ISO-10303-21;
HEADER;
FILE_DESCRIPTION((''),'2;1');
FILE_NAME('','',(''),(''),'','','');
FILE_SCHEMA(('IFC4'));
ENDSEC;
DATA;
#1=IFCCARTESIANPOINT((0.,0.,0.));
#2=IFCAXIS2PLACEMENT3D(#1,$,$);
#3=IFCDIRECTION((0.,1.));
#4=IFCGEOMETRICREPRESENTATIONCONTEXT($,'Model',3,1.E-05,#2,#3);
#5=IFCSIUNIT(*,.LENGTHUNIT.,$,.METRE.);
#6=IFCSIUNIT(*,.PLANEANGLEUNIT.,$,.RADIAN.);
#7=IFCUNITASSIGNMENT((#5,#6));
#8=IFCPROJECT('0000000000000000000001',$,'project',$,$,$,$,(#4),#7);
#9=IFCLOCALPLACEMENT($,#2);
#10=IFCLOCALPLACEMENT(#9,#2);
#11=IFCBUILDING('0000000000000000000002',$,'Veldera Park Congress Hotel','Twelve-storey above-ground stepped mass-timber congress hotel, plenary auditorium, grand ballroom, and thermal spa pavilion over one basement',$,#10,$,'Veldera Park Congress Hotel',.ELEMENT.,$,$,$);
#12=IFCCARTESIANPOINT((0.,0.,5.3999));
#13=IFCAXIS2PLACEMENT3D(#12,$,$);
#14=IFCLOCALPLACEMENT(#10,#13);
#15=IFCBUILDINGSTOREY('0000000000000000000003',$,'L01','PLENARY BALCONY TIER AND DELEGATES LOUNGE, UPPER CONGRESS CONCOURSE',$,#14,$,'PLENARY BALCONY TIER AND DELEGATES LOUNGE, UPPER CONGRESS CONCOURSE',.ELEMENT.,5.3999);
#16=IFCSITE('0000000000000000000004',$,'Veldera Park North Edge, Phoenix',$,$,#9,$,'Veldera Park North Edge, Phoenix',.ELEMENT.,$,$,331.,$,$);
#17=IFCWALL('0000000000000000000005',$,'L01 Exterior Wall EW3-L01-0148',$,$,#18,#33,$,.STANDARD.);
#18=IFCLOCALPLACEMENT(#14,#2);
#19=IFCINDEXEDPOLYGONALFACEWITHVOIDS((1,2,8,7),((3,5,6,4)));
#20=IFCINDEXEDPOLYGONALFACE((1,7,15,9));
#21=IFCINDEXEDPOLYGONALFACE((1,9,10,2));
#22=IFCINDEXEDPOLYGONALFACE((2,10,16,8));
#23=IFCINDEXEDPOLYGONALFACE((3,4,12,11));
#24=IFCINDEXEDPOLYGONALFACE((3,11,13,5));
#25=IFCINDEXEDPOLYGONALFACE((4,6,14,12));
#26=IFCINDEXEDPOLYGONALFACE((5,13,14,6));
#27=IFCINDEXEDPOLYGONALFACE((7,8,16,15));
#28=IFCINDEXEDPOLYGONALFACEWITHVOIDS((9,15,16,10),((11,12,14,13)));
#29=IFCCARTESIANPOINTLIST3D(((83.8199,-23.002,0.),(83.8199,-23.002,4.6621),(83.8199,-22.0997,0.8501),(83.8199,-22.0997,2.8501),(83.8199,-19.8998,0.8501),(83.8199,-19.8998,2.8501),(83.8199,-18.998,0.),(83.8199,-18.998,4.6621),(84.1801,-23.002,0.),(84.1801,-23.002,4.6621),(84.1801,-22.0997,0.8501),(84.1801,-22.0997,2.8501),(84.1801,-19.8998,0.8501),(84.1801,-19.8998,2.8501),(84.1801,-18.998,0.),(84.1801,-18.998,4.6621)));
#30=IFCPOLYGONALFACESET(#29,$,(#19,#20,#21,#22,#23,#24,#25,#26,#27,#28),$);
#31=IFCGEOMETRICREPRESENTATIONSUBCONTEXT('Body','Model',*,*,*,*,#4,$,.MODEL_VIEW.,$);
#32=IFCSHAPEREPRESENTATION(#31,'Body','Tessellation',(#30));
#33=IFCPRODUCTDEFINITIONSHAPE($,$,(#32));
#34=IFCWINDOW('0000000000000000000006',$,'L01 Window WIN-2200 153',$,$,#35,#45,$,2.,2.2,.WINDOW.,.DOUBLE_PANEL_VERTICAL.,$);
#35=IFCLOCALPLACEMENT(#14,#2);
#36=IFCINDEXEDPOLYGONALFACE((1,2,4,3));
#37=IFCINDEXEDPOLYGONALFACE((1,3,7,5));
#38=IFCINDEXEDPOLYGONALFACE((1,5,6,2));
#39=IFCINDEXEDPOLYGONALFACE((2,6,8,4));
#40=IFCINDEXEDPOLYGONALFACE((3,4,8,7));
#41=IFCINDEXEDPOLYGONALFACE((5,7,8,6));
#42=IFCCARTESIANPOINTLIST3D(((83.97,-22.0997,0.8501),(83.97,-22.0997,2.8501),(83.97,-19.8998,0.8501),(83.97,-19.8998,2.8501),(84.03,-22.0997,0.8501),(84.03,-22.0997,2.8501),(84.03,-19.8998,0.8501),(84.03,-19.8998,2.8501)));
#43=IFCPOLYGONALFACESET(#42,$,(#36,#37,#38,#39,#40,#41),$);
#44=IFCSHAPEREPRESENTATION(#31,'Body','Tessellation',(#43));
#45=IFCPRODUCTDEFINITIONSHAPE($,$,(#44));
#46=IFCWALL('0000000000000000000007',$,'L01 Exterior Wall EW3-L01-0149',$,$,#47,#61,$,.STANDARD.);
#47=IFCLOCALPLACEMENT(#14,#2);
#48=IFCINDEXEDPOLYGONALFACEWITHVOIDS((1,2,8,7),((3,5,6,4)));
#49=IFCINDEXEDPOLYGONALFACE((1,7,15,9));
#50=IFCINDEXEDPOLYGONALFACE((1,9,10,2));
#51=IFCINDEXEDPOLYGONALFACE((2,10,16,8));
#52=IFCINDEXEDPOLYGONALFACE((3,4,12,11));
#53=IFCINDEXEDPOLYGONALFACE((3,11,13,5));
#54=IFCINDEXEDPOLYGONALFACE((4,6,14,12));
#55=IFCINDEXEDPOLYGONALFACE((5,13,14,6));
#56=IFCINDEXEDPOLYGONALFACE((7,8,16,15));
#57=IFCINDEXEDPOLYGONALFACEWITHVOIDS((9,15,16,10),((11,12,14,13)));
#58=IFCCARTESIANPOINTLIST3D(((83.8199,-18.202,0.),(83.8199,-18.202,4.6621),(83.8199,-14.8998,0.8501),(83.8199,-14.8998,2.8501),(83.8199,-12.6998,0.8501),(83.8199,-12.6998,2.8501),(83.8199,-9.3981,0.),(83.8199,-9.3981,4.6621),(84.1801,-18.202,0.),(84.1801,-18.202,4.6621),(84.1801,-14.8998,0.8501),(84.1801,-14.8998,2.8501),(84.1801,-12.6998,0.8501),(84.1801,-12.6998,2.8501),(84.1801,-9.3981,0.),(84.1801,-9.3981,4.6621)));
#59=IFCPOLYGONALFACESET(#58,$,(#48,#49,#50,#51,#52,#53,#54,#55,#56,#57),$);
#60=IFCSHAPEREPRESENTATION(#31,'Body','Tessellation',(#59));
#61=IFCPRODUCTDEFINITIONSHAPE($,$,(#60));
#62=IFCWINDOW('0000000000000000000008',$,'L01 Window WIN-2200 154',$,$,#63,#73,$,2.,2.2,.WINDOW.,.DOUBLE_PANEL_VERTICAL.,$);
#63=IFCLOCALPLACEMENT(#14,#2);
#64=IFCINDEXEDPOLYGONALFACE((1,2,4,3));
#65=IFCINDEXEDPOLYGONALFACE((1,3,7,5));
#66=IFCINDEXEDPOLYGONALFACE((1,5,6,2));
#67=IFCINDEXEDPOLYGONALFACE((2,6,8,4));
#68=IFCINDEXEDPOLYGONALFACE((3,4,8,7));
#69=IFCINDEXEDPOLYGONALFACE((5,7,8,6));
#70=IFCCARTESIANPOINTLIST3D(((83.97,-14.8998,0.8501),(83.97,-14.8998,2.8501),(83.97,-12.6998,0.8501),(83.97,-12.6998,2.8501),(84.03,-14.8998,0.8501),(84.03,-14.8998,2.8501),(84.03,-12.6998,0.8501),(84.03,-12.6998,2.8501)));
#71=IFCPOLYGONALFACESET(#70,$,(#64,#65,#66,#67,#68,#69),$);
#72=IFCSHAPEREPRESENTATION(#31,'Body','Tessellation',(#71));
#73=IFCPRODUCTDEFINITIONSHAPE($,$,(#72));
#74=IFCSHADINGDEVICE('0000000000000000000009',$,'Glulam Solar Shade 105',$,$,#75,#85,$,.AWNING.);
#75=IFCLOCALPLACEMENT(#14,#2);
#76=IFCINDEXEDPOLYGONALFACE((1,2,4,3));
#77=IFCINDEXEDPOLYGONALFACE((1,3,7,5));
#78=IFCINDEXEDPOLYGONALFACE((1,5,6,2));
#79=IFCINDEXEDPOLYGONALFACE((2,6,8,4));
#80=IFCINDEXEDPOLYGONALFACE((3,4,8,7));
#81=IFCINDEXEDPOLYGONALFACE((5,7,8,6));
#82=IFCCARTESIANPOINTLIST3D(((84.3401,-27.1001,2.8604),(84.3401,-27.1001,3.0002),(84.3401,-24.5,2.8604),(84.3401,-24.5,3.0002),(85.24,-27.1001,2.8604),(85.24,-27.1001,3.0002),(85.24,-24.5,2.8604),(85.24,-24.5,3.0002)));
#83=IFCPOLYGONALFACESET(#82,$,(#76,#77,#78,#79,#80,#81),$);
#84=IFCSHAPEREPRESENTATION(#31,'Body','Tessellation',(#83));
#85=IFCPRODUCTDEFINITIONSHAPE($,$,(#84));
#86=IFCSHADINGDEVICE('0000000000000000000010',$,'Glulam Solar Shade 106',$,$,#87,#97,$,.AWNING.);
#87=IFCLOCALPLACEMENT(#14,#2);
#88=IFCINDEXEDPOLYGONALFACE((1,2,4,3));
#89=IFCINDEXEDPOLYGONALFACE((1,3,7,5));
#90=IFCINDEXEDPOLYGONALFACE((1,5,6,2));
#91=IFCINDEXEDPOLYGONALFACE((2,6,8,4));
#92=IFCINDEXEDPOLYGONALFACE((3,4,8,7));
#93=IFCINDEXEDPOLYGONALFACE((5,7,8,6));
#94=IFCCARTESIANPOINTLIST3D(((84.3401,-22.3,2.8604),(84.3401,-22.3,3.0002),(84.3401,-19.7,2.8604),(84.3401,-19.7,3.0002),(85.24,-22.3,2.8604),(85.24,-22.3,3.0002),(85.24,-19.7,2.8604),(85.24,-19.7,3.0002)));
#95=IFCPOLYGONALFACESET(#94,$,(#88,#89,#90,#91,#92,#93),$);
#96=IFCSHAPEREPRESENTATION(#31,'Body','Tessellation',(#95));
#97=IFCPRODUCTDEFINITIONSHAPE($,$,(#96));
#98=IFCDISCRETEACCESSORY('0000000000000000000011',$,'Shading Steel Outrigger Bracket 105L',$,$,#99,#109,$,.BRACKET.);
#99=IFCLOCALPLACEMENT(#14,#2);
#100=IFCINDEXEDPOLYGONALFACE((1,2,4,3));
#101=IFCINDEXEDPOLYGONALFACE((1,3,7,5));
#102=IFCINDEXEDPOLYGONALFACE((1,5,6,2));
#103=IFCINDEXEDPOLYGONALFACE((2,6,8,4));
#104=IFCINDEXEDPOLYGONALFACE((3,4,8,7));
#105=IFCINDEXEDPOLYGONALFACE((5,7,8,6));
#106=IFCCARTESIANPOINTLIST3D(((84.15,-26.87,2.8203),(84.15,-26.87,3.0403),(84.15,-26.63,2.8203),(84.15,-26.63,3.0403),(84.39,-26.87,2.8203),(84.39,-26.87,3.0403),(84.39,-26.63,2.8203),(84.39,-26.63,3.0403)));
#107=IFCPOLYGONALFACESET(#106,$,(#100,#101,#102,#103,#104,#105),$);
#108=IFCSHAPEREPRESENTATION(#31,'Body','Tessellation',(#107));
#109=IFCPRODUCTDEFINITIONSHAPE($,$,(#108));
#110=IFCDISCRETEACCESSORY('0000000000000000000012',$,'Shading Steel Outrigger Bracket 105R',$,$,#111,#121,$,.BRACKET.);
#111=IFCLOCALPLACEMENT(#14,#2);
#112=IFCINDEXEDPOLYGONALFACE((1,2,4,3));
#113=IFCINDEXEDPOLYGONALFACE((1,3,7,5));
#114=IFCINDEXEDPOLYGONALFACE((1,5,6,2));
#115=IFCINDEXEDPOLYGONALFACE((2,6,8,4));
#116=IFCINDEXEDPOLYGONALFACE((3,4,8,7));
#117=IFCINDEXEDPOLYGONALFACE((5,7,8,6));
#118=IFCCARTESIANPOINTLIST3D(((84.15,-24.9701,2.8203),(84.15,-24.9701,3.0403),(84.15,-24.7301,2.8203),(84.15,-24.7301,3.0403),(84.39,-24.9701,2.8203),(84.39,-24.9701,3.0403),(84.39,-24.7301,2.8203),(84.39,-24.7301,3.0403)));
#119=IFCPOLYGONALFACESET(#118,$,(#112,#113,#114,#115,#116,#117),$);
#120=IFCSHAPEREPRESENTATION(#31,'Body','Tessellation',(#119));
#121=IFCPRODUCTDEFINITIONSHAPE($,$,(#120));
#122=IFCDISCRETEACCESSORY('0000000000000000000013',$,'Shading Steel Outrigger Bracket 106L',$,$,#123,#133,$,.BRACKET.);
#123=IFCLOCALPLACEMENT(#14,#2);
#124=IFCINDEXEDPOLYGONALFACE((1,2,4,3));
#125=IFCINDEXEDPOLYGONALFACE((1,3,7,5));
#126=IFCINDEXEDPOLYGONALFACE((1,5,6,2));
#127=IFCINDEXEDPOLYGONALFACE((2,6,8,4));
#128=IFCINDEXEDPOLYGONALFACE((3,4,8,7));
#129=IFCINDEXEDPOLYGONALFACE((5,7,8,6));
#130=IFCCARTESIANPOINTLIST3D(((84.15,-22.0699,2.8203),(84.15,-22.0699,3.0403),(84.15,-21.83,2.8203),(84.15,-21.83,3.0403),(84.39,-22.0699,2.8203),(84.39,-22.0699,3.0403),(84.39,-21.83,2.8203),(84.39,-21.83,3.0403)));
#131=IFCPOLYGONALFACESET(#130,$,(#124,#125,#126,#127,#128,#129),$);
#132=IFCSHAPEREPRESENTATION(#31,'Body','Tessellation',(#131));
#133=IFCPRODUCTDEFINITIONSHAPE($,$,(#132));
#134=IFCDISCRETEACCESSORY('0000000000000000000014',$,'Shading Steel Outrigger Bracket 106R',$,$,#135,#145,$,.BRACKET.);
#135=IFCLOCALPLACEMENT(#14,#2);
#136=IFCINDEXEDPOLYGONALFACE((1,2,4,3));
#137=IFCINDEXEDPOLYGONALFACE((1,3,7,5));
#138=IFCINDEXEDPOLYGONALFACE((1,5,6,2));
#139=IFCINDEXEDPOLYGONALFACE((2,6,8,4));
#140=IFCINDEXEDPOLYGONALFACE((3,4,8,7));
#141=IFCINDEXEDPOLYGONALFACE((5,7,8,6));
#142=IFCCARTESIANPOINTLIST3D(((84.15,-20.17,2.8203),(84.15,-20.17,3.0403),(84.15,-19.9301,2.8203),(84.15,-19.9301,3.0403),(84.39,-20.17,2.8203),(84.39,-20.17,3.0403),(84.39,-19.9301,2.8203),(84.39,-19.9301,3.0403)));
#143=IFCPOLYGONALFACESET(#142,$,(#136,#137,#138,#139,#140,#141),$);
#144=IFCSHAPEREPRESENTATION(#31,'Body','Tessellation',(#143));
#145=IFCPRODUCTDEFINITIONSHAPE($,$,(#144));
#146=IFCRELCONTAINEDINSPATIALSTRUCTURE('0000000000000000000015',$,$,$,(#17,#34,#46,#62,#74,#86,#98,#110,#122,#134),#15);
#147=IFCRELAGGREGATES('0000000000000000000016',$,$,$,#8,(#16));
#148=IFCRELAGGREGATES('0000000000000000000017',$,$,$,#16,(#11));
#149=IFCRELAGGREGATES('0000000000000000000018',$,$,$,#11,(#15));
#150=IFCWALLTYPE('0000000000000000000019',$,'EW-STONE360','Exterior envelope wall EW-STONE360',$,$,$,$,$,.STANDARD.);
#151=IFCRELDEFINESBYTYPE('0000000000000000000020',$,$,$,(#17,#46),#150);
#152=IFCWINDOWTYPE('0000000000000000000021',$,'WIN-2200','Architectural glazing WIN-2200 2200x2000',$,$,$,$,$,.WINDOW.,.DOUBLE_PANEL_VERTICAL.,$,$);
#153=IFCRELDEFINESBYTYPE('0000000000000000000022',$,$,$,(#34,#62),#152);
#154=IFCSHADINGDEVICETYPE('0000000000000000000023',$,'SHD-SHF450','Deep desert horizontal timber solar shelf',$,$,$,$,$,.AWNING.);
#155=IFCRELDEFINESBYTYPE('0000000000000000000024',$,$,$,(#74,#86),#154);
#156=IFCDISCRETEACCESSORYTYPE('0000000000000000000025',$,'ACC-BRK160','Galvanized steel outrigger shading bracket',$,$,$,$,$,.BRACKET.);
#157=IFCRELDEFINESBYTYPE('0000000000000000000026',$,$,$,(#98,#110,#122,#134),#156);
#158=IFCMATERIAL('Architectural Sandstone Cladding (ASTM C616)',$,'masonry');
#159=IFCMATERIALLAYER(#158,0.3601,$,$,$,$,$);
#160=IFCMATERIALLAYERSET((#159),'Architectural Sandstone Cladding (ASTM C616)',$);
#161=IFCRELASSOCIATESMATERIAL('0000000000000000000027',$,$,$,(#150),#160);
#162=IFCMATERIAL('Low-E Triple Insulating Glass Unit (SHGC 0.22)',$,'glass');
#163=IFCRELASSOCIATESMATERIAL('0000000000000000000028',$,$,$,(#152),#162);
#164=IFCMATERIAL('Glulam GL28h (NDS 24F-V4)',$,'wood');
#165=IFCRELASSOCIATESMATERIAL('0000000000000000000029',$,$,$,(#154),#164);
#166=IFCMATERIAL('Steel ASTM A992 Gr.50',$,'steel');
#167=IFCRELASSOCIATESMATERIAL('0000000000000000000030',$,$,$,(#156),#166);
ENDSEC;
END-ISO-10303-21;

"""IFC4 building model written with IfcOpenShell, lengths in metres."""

from ifc_helpers import new_model, si_unit, direction, frame, frame_2d, origin, origin_2d, place, context, subcontext, project, spatial, rectangle, extrude, material, layer, layer_set, type_object, element, fill, save


model = new_model("IFC4")

# Units and contexts
model_context = context("Model", 3, precision=1e-05, world=origin(), true_north=direction((0.0, 1.0)))
body_context = subcontext(model_context, "Body", "Model", "MODEL_VIEW")
ifc_project = project(units=[si_unit("LENGTHUNIT", "METRE"), si_unit("PLANEANGLEUNIT", "RADIAN")], contexts=[model_context])

# Site, building, storey
site_placement = place(None, origin())
site = spatial("IfcSite", under=ifc_project, at=site_placement, Name="Veldera Park North Edge, Phoenix", LongName="Veldera Park North Edge, Phoenix", CompositionType="ELEMENT", RefElevation=331.0)
building_placement = place(site_placement, origin())
building = spatial("IfcBuilding", under=site, at=building_placement, Name="Veldera Park Congress Hotel", Description="Twelve-storey above-ground stepped mass-timber congress hotel, plenary auditorium, grand ballroom, and thermal spa pavilion over one basement", LongName="Veldera Park Congress Hotel", CompositionType="ELEMENT")
storey_placement = place(building_placement, frame((0.0, 0.0, 5.3999)))
storey = spatial("IfcBuildingStorey", under=building, at=storey_placement, Name="L01", Description="PLENARY BALCONY TIER AND DELEGATES LOUNGE, UPPER CONGRESS CONCOURSE", LongName="PLENARY BALCONY TIER AND DELEGATES LOUNGE, UPPER CONGRESS CONCOURSE", CompositionType="ELEMENT", Elevation=5.3999)

# Shared definitions
ifc_material_1 = material(Name="Glulam GL28h (NDS 24F-V4)", Category="wood")
ifc_material_2 = material(Name="Steel ASTM A992 Gr.50", Category="steel")

# Walls, openings, windows
ifc_material_3 = material(Name="Architectural Sandstone Cladding (ASTM C616)", Category="masonry")
ifc_layer = layer(ifc_material_3, 0.3601)
ifc_layer_set = layer_set([ifc_layer], Name="Architectural Sandstone Cladding (ASTM C616)")
wall_type = type_object("IfcWallType", Name="EW-STONE360", Description="Exterior envelope wall EW-STONE360", PredefinedType="STANDARD", material=ifc_layer_set)
ifc_material_4 = material(Name="Low-E Triple Insulating Glass Unit (SHGC 0.22)", Category="glass")
window_type = type_object("IfcWindowType", Name="WIN-2200", Description="Architectural glazing WIN-2200 2200x2000", PartitioningType="DOUBLE_PANEL_VERTICAL", PredefinedType="WINDOW", material=ifc_material_4)
wall_1_placement = place(storey_placement, frame((84.0, -23.002, 0.0), z_axis=(0.0, 0.0, 1.0), x_axis=(0.0, 1.0, 0.0)))
wall_1 = element("IfcWall", 1, at=wall_1_placement, inside=storey, type_object=wall_type, Name="L01 Exterior Wall EW3-L01-0148", PredefinedType="STANDARD", context=body_context, shape_type="SweptSolid", body=[
    extrude(rectangle(XDim=4.0039, YDim=0.3601, at=frame_2d((2.002, 0.0))), origin(), (0.0, 0.0, 1.0), 4.6621),
])
opening_1_placement = place(wall_1_placement, frame((0.9021, 0.0, 0.8501)))
opening_1 = element("IfcOpeningElement", 2, at=opening_1_placement, cuts=wall_1, PredefinedType="OPENING", context=body_context, shape_type="SweptSolid", body=[
    extrude(rectangle(XDim=2.2, YDim=2.0, at=frame_2d((1.1001, 1.0))), frame((0.0, 0.1921, 0.0), z_axis=(0.0, -1.0, 0.0), x_axis=(1.0, 0.0, 0.0)), (0.0, 0.0, 1.0), 0.384),
])
window_1_placement = place(opening_1_placement, origin())
window_1 = element("IfcWindow", 3, at=window_1_placement, inside=storey, type_object=window_type, Name="L01 Window WIN-2200 153", OverallHeight=2.0, OverallWidth=2.2, PartitioningType="DOUBLE_PANEL_VERTICAL", PredefinedType="WINDOW", context=body_context, shape_type="SweptSolid", body=[
    extrude(rectangle(XDim=2.2, YDim=2.0, at=frame_2d((1.1001, 1.0))), frame((0.0, 0.03, 0.0), z_axis=(0.0, -1.0, 0.0), x_axis=(1.0, 0.0, 0.0)), (0.0, 0.0, 1.0), 0.0601),
])
fill(opening_1, window_1)
wall_2_placement = place(storey_placement, frame((84.0, -18.2019, 0.0), z_axis=(0.0, 0.0, 1.0), x_axis=(0.0, 1.0, 0.0)))
wall_2 = element("IfcWall", 4, at=wall_2_placement, inside=storey, type_object=wall_type, Name="L01 Exterior Wall EW3-L01-0149", PredefinedType="STANDARD", context=body_context, shape_type="SweptSolid", body=[
    extrude(rectangle(XDim=8.804, YDim=0.3601, at=frame_2d((4.4019, 0.0))), origin(), (0.0, 0.0, 1.0), 4.6621),
])
opening_2_placement = place(wall_2_placement, frame((3.302, 0.0, 0.8501)))
opening_2 = element("IfcOpeningElement", 5, at=opening_2_placement, cuts=wall_2, PredefinedType="OPENING", context=body_context, shape_type="SweptSolid", body=[
    extrude(rectangle(XDim=2.2, YDim=2.0, at=frame_2d((1.1001, 1.0))), frame((0.0, 0.1921, 0.0), z_axis=(0.0, -1.0, 0.0), x_axis=(1.0, 0.0, 0.0)), (0.0, 0.0, 1.0), 0.384),
])
window_2_placement = place(opening_2_placement, origin())
window_2 = element("IfcWindow", 6, at=window_2_placement, inside=storey, type_object=window_type, Name="L01 Window WIN-2200 154", OverallHeight=2.0, OverallWidth=2.2, PartitioningType="DOUBLE_PANEL_VERTICAL", PredefinedType="WINDOW", context=body_context, shape_type="SweptSolid", body=[
    extrude(rectangle(XDim=2.2, YDim=2.0, at=frame_2d((1.1001, 1.0))), frame((0.0, 0.03, 0.0), z_axis=(0.0, -1.0, 0.0), x_axis=(1.0, 0.0, 0.0)), (0.0, 0.0, 1.0), 0.0601),
])
fill(opening_2, window_2)

# Shading devices
shading_device_type = type_object("IfcShadingDeviceType", Name="SHD-SHF450", Description="Deep desert horizontal timber solar shelf", PredefinedType="AWNING", material=ifc_material_1)
for number, where, z_axis, x_axis, name in (
    (7, (84.79, -25.8, 2.8604), (0.0, 0.0, 1.0), (0.0, 1.0, 0.0), "Glulam Solar Shade 105"),
    (8, (84.79, -21.0, 2.8604), (0.0, 0.0, 1.0), (0.0, 1.0, 0.0), "Glulam Solar Shade 106"),
):
    element("IfcShadingDevice", number, at=place(storey_placement, frame(where, z_axis=z_axis, x_axis=x_axis)), inside=storey, type_object=shading_device_type, Name=name, PredefinedType="AWNING", context=body_context, shape_type="SweptSolid", body=[
        extrude(rectangle(XDim=2.6001, YDim=0.8999, at=origin_2d()), origin(), (0.0, 0.0, 1.0), 0.1399),
    ])

# Discrete accessories
discrete_accessory_type = type_object("IfcDiscreteAccessoryType", Name="ACC-BRK160", Description="Galvanized steel outrigger shading bracket", PredefinedType="BRACKET", material=ifc_material_2)
for number, where, z_axis, x_axis, name in (
    (9, (84.27, -26.75, 2.8203), (0.0, 0.0, 1.0), (0.0, 1.0, 0.0), "Shading Steel Outrigger Bracket 105L"),
    (10, (84.27, -24.8501, 2.8203), (0.0, 0.0, 1.0), (0.0, 1.0, 0.0), "Shading Steel Outrigger Bracket 105R"),
    (11, (84.27, -21.95, 2.8203), (0.0, 0.0, 1.0), (0.0, 1.0, 0.0), "Shading Steel Outrigger Bracket 106L"),
    (12, (84.27, -20.05, 2.8203), (0.0, 0.0, 1.0), (0.0, 1.0, 0.0), "Shading Steel Outrigger Bracket 106R"),
):
    element("IfcDiscreteAccessory", number, at=place(storey_placement, frame(where, z_axis=z_axis, x_axis=x_axis)), inside=storey, type_object=discrete_accessory_type, Name=name, PredefinedType="BRACKET", context=body_context, shape_type="SweptSolid", body=[
        extrude(rectangle(XDim=0.24, YDim=0.24, at=origin_2d()), origin(), (0.0, 0.0, 1.0), 0.22),
    ])

save(model, "model.ifc")
